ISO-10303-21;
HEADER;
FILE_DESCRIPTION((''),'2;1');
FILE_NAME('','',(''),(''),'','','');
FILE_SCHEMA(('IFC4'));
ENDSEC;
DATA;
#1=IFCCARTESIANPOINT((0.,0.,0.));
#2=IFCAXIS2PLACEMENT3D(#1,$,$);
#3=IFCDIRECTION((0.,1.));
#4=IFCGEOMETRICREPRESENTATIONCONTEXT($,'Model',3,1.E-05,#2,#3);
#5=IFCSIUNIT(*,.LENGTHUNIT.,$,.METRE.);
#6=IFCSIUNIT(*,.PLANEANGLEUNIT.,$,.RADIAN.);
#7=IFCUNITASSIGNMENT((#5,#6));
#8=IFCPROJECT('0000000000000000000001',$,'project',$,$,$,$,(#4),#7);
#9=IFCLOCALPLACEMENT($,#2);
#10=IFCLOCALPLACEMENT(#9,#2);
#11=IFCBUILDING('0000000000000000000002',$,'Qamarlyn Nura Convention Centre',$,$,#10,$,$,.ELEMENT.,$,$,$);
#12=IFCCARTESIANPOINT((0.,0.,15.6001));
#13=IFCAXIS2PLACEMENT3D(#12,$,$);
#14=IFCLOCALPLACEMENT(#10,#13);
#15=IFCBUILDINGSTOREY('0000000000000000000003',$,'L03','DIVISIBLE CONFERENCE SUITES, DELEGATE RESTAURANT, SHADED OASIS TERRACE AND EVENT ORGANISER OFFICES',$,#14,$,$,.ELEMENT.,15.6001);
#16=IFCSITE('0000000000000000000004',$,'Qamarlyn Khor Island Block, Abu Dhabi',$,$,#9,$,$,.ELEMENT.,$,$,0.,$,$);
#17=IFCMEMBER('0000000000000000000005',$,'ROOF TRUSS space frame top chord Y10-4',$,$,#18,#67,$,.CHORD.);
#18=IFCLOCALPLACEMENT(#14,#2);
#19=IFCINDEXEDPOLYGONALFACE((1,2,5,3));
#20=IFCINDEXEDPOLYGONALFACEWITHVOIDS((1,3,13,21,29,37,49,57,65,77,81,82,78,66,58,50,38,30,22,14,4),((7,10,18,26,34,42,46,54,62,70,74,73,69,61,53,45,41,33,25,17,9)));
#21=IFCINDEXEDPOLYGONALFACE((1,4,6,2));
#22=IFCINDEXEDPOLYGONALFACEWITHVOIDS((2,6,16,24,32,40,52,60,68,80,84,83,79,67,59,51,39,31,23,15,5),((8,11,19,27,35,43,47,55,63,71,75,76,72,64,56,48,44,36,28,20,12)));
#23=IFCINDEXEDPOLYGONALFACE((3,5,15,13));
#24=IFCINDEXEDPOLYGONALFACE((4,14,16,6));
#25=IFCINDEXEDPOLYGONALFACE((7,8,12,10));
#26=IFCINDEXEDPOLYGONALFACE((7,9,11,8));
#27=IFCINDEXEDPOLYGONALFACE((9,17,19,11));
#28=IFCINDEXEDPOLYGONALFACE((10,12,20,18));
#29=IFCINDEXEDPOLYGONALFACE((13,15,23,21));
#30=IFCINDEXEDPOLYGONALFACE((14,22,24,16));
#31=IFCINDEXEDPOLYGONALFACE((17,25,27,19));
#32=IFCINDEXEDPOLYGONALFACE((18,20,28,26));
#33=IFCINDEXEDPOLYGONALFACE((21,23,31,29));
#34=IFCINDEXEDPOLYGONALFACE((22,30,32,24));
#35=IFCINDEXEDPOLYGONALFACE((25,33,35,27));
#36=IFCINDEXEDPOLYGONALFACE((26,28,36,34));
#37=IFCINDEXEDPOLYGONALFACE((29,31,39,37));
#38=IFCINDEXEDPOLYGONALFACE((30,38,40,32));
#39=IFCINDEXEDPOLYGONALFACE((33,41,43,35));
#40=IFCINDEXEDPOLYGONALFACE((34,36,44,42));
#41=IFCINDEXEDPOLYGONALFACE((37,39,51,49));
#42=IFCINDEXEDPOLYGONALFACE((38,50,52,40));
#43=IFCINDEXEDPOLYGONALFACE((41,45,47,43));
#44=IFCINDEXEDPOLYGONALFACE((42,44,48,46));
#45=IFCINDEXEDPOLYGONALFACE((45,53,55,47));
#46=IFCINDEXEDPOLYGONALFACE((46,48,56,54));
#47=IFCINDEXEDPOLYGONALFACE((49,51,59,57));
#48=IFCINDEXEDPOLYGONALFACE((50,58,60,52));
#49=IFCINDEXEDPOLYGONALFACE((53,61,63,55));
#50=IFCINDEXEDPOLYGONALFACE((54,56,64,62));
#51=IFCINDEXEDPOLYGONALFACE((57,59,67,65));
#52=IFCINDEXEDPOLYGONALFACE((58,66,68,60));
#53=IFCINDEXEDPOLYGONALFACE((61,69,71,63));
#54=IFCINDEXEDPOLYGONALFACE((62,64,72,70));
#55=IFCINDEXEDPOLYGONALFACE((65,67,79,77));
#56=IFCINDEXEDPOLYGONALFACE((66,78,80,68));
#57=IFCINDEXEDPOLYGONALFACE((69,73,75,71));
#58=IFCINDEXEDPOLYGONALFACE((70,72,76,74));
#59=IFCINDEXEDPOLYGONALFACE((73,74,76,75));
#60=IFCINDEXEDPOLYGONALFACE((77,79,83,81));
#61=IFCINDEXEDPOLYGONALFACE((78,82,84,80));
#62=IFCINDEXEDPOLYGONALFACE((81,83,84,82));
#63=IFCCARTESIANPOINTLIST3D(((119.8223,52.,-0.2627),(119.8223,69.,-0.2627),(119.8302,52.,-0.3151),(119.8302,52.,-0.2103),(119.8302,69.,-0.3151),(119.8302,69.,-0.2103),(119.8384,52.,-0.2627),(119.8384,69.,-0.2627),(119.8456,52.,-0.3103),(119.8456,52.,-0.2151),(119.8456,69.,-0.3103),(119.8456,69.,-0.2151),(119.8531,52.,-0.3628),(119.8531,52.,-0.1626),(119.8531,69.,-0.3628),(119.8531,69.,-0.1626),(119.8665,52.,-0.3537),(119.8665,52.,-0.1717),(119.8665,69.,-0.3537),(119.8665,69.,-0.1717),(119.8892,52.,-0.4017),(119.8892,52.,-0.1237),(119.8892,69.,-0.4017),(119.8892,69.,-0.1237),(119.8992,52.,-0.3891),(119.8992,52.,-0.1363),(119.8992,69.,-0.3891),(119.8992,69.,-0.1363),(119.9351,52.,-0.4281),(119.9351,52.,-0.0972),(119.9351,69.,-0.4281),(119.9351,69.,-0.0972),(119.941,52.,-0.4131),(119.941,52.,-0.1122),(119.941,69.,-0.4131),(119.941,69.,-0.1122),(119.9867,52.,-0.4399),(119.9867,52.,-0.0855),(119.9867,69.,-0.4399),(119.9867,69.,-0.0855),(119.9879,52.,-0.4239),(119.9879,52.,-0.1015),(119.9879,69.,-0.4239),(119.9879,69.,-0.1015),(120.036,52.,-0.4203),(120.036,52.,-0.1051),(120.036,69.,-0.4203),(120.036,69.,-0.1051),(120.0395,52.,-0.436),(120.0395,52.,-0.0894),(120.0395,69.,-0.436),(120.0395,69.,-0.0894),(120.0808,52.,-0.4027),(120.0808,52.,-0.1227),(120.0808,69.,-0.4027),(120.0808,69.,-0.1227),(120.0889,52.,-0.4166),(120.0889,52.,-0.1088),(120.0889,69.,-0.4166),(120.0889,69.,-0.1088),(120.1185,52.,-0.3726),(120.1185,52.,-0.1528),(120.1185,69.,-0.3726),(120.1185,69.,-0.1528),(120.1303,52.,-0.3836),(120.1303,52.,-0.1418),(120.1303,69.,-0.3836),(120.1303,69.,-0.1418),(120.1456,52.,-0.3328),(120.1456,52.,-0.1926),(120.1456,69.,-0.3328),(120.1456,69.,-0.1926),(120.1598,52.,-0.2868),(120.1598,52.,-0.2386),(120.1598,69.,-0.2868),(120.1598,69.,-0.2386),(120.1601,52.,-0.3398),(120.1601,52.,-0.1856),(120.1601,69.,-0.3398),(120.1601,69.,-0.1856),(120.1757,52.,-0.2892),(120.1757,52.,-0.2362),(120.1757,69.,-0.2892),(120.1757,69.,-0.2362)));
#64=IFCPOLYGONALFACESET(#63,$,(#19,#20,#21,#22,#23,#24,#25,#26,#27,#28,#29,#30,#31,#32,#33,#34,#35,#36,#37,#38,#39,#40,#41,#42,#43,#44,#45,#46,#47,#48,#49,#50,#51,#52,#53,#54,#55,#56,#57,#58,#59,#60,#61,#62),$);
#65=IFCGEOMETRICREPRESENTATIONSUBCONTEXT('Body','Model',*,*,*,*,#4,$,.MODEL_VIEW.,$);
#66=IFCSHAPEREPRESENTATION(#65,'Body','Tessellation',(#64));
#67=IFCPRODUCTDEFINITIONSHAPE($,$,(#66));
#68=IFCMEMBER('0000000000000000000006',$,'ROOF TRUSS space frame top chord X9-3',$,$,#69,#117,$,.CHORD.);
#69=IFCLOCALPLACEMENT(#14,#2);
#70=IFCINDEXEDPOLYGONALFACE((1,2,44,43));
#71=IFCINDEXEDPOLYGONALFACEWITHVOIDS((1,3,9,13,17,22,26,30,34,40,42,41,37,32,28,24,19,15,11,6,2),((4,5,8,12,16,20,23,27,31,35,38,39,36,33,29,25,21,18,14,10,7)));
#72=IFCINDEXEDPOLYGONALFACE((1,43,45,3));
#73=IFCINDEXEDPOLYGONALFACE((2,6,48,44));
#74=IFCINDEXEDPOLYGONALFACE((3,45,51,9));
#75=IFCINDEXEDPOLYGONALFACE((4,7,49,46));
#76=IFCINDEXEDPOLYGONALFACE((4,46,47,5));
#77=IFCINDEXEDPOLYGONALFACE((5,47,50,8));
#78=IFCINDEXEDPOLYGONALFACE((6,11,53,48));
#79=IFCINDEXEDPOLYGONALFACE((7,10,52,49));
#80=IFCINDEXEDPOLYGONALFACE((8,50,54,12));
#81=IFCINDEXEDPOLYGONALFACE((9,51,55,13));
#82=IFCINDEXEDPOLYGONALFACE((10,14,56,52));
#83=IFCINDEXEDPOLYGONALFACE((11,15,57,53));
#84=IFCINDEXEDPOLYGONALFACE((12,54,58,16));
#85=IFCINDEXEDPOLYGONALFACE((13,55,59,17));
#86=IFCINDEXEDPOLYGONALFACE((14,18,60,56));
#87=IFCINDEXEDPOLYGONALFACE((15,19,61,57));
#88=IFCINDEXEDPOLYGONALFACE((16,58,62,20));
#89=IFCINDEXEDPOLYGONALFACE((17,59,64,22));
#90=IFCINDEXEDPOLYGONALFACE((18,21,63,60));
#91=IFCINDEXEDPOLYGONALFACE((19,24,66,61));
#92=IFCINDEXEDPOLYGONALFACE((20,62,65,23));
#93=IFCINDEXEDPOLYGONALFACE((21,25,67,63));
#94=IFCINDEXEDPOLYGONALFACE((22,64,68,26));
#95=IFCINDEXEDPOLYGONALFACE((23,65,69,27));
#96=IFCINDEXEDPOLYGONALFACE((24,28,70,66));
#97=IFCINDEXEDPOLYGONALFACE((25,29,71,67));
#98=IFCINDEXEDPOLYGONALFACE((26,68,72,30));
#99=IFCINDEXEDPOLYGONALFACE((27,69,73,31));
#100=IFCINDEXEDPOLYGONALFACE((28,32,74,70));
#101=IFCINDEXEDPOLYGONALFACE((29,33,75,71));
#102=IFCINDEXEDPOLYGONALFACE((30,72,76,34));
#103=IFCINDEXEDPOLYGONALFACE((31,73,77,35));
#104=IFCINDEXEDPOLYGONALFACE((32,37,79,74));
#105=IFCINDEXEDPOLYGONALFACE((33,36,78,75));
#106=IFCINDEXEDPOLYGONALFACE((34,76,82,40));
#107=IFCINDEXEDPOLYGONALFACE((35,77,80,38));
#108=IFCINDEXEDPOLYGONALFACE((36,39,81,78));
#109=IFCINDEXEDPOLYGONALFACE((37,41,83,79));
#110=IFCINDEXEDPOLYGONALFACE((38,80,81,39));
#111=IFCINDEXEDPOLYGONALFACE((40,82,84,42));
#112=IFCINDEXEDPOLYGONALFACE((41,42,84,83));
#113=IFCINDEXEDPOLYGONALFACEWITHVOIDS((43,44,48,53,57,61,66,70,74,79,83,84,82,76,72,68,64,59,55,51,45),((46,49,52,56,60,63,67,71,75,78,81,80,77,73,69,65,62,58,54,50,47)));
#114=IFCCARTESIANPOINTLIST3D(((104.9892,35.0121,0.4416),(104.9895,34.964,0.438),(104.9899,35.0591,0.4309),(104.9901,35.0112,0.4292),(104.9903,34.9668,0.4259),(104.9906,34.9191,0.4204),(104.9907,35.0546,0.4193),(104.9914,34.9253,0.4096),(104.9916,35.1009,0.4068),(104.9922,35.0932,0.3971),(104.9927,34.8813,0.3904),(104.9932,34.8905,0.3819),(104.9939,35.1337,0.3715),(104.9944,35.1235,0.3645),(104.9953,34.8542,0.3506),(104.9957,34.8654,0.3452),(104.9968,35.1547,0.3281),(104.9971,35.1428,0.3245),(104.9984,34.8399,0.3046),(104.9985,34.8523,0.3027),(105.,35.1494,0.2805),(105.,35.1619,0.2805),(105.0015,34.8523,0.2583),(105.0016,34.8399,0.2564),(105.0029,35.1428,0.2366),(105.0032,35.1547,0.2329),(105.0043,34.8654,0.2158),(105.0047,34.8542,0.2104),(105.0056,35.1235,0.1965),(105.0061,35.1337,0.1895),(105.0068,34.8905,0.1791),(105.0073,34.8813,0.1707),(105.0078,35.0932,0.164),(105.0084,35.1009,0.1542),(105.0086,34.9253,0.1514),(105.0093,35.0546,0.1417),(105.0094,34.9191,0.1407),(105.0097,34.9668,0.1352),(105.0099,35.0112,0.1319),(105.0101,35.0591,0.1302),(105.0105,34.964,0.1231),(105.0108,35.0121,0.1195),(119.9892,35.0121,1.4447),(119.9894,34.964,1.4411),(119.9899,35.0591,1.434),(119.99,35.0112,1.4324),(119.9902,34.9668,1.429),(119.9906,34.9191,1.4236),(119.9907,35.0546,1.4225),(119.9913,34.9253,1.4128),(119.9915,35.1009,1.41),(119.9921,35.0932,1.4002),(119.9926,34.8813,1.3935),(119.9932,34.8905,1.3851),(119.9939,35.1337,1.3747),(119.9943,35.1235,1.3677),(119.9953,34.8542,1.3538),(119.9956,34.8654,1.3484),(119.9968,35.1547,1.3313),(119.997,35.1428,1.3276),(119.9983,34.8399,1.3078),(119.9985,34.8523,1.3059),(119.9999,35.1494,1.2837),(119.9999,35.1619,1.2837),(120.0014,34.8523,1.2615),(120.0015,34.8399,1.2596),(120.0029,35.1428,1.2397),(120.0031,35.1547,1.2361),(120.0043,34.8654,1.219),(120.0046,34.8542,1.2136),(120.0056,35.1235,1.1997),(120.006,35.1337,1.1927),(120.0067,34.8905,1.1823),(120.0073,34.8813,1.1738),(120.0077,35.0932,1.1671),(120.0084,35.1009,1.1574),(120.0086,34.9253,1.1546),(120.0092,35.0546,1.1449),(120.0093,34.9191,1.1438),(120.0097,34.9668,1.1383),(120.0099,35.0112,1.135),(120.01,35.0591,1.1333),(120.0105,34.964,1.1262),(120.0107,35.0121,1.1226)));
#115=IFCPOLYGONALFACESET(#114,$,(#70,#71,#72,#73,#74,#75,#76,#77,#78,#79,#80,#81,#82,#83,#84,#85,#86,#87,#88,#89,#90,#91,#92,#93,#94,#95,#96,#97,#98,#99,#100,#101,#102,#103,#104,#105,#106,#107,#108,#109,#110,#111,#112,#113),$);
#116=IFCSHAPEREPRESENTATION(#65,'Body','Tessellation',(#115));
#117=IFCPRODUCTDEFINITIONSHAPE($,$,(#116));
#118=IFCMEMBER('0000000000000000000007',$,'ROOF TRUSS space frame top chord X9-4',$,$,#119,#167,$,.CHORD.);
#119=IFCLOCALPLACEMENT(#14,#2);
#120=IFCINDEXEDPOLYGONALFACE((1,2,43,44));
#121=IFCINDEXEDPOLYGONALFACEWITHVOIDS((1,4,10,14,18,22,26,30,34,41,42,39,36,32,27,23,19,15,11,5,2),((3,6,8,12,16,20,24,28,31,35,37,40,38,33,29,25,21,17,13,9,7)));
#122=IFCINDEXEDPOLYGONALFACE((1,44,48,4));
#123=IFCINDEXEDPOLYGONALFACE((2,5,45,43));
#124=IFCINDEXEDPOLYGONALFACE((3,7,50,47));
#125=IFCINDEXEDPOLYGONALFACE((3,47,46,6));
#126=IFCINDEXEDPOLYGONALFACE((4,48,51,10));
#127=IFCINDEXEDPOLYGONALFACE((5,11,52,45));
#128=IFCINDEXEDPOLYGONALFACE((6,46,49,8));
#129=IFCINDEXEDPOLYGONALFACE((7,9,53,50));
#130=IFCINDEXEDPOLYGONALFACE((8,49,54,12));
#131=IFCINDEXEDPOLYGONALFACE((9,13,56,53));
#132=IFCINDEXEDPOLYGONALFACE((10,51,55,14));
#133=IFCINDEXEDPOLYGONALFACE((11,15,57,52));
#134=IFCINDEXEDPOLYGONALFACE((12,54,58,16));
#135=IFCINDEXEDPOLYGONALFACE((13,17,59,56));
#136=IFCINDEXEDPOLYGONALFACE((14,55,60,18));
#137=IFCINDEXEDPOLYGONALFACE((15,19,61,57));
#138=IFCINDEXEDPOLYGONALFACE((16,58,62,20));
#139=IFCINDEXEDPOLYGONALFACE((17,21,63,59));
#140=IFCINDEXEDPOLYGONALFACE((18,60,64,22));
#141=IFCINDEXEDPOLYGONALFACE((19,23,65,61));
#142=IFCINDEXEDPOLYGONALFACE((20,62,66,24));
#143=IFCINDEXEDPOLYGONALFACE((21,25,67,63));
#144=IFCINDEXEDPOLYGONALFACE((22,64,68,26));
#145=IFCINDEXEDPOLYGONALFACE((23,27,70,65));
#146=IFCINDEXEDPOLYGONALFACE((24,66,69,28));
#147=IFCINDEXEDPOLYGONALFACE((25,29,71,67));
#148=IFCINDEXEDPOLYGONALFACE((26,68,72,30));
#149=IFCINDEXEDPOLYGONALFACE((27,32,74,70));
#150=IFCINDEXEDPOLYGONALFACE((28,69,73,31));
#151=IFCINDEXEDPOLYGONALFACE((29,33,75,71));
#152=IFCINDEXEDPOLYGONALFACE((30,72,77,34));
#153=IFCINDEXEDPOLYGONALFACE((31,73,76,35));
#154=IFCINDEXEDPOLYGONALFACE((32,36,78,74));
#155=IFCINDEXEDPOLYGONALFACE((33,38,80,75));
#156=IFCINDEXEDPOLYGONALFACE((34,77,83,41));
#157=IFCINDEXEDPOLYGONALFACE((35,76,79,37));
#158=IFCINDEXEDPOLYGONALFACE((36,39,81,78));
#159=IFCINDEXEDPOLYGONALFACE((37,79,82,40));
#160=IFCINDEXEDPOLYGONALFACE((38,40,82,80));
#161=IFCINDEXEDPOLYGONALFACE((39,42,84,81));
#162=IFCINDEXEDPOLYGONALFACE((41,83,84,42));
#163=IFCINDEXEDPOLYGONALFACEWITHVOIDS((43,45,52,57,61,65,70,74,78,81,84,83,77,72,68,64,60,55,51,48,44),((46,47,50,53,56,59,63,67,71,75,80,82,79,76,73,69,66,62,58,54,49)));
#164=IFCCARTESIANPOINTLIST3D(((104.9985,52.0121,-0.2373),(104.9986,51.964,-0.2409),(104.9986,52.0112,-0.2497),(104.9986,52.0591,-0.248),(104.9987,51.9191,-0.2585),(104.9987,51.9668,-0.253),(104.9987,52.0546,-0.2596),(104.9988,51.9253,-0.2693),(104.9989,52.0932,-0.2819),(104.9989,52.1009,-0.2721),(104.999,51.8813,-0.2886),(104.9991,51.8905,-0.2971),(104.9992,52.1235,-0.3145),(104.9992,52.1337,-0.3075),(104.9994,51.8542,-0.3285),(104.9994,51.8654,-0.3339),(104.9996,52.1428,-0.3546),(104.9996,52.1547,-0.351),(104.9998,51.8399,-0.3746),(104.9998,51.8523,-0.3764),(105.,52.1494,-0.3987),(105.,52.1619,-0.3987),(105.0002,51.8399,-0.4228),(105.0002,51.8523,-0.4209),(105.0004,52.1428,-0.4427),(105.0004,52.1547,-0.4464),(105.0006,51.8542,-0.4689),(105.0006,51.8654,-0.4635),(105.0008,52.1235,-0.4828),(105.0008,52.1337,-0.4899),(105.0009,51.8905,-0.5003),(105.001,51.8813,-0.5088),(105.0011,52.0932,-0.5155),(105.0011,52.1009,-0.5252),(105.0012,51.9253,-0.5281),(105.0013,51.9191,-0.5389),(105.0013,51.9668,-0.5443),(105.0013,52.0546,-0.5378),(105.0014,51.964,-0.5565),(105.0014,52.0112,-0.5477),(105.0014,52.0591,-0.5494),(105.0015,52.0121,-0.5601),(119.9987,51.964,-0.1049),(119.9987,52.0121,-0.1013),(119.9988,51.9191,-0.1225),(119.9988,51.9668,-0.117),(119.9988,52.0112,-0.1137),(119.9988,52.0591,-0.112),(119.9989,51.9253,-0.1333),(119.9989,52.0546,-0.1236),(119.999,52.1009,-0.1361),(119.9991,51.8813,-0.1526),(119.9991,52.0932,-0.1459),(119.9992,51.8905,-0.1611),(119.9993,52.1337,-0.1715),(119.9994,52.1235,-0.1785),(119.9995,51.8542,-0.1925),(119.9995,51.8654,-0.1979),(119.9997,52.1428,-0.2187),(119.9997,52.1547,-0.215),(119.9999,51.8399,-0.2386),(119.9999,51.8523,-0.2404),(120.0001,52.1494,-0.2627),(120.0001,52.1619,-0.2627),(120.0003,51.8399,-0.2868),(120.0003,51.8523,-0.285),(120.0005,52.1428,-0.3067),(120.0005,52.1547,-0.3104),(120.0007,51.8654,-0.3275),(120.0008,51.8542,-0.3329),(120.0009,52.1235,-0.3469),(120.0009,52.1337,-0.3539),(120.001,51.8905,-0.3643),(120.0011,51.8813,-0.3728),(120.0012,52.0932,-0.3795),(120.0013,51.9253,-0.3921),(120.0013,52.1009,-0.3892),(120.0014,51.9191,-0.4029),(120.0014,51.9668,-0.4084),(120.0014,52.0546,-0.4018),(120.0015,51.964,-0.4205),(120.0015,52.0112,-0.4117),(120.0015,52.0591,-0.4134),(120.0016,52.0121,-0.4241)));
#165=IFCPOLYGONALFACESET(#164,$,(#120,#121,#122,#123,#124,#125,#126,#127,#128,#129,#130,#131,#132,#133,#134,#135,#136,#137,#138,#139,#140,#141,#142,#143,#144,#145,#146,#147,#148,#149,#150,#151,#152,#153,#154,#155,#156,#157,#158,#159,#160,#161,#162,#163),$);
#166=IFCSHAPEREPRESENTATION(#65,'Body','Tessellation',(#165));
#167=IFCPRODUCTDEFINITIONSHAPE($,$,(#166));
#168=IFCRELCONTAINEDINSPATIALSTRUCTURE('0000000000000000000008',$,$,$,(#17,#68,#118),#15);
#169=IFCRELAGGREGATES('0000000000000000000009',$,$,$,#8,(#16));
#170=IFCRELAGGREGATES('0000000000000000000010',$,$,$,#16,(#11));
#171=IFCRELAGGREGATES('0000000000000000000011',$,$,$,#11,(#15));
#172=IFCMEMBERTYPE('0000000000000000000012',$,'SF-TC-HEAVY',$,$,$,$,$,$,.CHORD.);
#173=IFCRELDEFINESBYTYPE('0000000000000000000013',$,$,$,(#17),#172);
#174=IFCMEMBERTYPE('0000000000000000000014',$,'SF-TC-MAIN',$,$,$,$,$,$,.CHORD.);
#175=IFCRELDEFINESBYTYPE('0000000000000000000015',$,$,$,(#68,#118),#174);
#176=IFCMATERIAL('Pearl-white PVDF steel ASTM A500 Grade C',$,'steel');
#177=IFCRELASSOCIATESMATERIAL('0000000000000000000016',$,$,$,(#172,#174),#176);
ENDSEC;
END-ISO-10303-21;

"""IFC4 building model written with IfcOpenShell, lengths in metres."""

from ifc_helpers import new_model, si_unit, direction, frame, origin, origin_2d, place, context, subcontext, project, spatial, hollow_circle, extrude, material, material_profile, profile_set, type_object, element, save


model = new_model("IFC4")

# Units and contexts
model_context = context("Model", 3, precision=1e-05, world=origin(), true_north=direction((0.0, 1.0)))
body_context = subcontext(model_context, "Body", "Model", "MODEL_VIEW")
ifc_project = project(units=[si_unit("LENGTHUNIT", "METRE"), si_unit("PLANEANGLEUNIT", "RADIAN")], contexts=[model_context])

# Site, building, storey
site_placement = place(None, origin())
site = spatial("IfcSite", under=ifc_project, at=site_placement, Name="Qamarlyn Khor Island Block, Abu Dhabi", CompositionType="ELEMENT", RefElevation=0.0)
building_placement = place(site_placement, origin())
building = spatial("IfcBuilding", under=site, at=building_placement, Name="Qamarlyn Nura Convention Centre", CompositionType="ELEMENT")
storey_placement = place(building_placement, frame((0.0, 0.0, 15.6001)))
storey = spatial("IfcBuildingStorey", under=building, at=storey_placement, Name="L03", Description="DIVISIBLE CONFERENCE SUITES, DELEGATE RESTAURANT, SHADED OASIS TERRACE AND EVENT ORGANISER OFFICES", CompositionType="ELEMENT", Elevation=15.6001)

# Members
ifc_material_1 = material(Name="Pearl-white PVDF steel ASTM A500 Grade C", Category="steel")
ifc_material_profile_1 = material_profile(ifc_material_1, hollow_circle(Radius=0.1777, WallThickness=0.0161, at=origin_2d()), Name="CHS355.6X16")
ifc_profile_set_1 = profile_set([ifc_material_profile_1], Name="Pearl-white PVDF steel ASTM A500 Grade C")
member_type_1 = type_object("IfcMemberType", Name="SF-TC-HEAVY", PredefinedType="CHORD", material=ifc_profile_set_1)
member_1_placement = place(storey_placement, frame((120.0, 52.0, -0.2627), z_axis=(0.0, 1.0, 0.0), x_axis=(-1.0, 0.0, 0.0)))
element("IfcMember", 1, at=member_1_placement, inside=storey, type_object=member_type_1, Name="ROOF TRUSS space frame top chord Y10-4", PredefinedType="CHORD", context=body_context, shape_type="SweptSolid", body=[
    extrude(hollow_circle(Radius=0.1777, WallThickness=0.0161, at=origin_2d()), origin(), (0.0, 0.0, 1.0), 17.0),
])
ifc_material_profile_2 = material_profile(ifc_material_1, hollow_circle(Radius=0.1619, WallThickness=0.0125, at=origin_2d()), Name="CHS323.9X12.5")
ifc_profile_set_2 = profile_set([ifc_material_profile_2], Name="Pearl-white PVDF steel ASTM A500 Grade C")
member_type_2 = type_object("IfcMemberType", Name="SF-TC-MAIN", PredefinedType="CHORD", material=ifc_profile_set_2)
member_2_placement = place(storey_placement, frame((105.0, 35.0, 0.2805), z_axis=(0.997771, 0.0, 0.066729), x_axis=(0.0, 1.0, 0.0)))
element("IfcMember", 2, at=member_2_placement, inside=storey, type_object=member_type_2, Name="ROOF TRUSS space frame top chord X9-3", PredefinedType="CHORD", context=body_context, shape_type="SweptSolid", body=[
    extrude(hollow_circle(Radius=0.1619, WallThickness=0.0125, at=origin_2d()), origin(), (0.0, 0.0, 1.0), 15.0334),
])
member_3_placement = place(storey_placement, frame((105.0, 52.0, -0.3987), z_axis=(0.999959, 0.0, 0.009065), x_axis=(0.0, 1.0, 0.0)))
element("IfcMember", 3, at=member_3_placement, inside=storey, type_object=member_type_2, Name="ROOF TRUSS space frame top chord X9-4", PredefinedType="CHORD", context=body_context, shape_type="SweptSolid", body=[
    extrude(hollow_circle(Radius=0.1619, WallThickness=0.0125, at=origin_2d()), origin(), (0.0, 0.0, 1.0), 15.0007),
])

save(model, "model.ifc")
